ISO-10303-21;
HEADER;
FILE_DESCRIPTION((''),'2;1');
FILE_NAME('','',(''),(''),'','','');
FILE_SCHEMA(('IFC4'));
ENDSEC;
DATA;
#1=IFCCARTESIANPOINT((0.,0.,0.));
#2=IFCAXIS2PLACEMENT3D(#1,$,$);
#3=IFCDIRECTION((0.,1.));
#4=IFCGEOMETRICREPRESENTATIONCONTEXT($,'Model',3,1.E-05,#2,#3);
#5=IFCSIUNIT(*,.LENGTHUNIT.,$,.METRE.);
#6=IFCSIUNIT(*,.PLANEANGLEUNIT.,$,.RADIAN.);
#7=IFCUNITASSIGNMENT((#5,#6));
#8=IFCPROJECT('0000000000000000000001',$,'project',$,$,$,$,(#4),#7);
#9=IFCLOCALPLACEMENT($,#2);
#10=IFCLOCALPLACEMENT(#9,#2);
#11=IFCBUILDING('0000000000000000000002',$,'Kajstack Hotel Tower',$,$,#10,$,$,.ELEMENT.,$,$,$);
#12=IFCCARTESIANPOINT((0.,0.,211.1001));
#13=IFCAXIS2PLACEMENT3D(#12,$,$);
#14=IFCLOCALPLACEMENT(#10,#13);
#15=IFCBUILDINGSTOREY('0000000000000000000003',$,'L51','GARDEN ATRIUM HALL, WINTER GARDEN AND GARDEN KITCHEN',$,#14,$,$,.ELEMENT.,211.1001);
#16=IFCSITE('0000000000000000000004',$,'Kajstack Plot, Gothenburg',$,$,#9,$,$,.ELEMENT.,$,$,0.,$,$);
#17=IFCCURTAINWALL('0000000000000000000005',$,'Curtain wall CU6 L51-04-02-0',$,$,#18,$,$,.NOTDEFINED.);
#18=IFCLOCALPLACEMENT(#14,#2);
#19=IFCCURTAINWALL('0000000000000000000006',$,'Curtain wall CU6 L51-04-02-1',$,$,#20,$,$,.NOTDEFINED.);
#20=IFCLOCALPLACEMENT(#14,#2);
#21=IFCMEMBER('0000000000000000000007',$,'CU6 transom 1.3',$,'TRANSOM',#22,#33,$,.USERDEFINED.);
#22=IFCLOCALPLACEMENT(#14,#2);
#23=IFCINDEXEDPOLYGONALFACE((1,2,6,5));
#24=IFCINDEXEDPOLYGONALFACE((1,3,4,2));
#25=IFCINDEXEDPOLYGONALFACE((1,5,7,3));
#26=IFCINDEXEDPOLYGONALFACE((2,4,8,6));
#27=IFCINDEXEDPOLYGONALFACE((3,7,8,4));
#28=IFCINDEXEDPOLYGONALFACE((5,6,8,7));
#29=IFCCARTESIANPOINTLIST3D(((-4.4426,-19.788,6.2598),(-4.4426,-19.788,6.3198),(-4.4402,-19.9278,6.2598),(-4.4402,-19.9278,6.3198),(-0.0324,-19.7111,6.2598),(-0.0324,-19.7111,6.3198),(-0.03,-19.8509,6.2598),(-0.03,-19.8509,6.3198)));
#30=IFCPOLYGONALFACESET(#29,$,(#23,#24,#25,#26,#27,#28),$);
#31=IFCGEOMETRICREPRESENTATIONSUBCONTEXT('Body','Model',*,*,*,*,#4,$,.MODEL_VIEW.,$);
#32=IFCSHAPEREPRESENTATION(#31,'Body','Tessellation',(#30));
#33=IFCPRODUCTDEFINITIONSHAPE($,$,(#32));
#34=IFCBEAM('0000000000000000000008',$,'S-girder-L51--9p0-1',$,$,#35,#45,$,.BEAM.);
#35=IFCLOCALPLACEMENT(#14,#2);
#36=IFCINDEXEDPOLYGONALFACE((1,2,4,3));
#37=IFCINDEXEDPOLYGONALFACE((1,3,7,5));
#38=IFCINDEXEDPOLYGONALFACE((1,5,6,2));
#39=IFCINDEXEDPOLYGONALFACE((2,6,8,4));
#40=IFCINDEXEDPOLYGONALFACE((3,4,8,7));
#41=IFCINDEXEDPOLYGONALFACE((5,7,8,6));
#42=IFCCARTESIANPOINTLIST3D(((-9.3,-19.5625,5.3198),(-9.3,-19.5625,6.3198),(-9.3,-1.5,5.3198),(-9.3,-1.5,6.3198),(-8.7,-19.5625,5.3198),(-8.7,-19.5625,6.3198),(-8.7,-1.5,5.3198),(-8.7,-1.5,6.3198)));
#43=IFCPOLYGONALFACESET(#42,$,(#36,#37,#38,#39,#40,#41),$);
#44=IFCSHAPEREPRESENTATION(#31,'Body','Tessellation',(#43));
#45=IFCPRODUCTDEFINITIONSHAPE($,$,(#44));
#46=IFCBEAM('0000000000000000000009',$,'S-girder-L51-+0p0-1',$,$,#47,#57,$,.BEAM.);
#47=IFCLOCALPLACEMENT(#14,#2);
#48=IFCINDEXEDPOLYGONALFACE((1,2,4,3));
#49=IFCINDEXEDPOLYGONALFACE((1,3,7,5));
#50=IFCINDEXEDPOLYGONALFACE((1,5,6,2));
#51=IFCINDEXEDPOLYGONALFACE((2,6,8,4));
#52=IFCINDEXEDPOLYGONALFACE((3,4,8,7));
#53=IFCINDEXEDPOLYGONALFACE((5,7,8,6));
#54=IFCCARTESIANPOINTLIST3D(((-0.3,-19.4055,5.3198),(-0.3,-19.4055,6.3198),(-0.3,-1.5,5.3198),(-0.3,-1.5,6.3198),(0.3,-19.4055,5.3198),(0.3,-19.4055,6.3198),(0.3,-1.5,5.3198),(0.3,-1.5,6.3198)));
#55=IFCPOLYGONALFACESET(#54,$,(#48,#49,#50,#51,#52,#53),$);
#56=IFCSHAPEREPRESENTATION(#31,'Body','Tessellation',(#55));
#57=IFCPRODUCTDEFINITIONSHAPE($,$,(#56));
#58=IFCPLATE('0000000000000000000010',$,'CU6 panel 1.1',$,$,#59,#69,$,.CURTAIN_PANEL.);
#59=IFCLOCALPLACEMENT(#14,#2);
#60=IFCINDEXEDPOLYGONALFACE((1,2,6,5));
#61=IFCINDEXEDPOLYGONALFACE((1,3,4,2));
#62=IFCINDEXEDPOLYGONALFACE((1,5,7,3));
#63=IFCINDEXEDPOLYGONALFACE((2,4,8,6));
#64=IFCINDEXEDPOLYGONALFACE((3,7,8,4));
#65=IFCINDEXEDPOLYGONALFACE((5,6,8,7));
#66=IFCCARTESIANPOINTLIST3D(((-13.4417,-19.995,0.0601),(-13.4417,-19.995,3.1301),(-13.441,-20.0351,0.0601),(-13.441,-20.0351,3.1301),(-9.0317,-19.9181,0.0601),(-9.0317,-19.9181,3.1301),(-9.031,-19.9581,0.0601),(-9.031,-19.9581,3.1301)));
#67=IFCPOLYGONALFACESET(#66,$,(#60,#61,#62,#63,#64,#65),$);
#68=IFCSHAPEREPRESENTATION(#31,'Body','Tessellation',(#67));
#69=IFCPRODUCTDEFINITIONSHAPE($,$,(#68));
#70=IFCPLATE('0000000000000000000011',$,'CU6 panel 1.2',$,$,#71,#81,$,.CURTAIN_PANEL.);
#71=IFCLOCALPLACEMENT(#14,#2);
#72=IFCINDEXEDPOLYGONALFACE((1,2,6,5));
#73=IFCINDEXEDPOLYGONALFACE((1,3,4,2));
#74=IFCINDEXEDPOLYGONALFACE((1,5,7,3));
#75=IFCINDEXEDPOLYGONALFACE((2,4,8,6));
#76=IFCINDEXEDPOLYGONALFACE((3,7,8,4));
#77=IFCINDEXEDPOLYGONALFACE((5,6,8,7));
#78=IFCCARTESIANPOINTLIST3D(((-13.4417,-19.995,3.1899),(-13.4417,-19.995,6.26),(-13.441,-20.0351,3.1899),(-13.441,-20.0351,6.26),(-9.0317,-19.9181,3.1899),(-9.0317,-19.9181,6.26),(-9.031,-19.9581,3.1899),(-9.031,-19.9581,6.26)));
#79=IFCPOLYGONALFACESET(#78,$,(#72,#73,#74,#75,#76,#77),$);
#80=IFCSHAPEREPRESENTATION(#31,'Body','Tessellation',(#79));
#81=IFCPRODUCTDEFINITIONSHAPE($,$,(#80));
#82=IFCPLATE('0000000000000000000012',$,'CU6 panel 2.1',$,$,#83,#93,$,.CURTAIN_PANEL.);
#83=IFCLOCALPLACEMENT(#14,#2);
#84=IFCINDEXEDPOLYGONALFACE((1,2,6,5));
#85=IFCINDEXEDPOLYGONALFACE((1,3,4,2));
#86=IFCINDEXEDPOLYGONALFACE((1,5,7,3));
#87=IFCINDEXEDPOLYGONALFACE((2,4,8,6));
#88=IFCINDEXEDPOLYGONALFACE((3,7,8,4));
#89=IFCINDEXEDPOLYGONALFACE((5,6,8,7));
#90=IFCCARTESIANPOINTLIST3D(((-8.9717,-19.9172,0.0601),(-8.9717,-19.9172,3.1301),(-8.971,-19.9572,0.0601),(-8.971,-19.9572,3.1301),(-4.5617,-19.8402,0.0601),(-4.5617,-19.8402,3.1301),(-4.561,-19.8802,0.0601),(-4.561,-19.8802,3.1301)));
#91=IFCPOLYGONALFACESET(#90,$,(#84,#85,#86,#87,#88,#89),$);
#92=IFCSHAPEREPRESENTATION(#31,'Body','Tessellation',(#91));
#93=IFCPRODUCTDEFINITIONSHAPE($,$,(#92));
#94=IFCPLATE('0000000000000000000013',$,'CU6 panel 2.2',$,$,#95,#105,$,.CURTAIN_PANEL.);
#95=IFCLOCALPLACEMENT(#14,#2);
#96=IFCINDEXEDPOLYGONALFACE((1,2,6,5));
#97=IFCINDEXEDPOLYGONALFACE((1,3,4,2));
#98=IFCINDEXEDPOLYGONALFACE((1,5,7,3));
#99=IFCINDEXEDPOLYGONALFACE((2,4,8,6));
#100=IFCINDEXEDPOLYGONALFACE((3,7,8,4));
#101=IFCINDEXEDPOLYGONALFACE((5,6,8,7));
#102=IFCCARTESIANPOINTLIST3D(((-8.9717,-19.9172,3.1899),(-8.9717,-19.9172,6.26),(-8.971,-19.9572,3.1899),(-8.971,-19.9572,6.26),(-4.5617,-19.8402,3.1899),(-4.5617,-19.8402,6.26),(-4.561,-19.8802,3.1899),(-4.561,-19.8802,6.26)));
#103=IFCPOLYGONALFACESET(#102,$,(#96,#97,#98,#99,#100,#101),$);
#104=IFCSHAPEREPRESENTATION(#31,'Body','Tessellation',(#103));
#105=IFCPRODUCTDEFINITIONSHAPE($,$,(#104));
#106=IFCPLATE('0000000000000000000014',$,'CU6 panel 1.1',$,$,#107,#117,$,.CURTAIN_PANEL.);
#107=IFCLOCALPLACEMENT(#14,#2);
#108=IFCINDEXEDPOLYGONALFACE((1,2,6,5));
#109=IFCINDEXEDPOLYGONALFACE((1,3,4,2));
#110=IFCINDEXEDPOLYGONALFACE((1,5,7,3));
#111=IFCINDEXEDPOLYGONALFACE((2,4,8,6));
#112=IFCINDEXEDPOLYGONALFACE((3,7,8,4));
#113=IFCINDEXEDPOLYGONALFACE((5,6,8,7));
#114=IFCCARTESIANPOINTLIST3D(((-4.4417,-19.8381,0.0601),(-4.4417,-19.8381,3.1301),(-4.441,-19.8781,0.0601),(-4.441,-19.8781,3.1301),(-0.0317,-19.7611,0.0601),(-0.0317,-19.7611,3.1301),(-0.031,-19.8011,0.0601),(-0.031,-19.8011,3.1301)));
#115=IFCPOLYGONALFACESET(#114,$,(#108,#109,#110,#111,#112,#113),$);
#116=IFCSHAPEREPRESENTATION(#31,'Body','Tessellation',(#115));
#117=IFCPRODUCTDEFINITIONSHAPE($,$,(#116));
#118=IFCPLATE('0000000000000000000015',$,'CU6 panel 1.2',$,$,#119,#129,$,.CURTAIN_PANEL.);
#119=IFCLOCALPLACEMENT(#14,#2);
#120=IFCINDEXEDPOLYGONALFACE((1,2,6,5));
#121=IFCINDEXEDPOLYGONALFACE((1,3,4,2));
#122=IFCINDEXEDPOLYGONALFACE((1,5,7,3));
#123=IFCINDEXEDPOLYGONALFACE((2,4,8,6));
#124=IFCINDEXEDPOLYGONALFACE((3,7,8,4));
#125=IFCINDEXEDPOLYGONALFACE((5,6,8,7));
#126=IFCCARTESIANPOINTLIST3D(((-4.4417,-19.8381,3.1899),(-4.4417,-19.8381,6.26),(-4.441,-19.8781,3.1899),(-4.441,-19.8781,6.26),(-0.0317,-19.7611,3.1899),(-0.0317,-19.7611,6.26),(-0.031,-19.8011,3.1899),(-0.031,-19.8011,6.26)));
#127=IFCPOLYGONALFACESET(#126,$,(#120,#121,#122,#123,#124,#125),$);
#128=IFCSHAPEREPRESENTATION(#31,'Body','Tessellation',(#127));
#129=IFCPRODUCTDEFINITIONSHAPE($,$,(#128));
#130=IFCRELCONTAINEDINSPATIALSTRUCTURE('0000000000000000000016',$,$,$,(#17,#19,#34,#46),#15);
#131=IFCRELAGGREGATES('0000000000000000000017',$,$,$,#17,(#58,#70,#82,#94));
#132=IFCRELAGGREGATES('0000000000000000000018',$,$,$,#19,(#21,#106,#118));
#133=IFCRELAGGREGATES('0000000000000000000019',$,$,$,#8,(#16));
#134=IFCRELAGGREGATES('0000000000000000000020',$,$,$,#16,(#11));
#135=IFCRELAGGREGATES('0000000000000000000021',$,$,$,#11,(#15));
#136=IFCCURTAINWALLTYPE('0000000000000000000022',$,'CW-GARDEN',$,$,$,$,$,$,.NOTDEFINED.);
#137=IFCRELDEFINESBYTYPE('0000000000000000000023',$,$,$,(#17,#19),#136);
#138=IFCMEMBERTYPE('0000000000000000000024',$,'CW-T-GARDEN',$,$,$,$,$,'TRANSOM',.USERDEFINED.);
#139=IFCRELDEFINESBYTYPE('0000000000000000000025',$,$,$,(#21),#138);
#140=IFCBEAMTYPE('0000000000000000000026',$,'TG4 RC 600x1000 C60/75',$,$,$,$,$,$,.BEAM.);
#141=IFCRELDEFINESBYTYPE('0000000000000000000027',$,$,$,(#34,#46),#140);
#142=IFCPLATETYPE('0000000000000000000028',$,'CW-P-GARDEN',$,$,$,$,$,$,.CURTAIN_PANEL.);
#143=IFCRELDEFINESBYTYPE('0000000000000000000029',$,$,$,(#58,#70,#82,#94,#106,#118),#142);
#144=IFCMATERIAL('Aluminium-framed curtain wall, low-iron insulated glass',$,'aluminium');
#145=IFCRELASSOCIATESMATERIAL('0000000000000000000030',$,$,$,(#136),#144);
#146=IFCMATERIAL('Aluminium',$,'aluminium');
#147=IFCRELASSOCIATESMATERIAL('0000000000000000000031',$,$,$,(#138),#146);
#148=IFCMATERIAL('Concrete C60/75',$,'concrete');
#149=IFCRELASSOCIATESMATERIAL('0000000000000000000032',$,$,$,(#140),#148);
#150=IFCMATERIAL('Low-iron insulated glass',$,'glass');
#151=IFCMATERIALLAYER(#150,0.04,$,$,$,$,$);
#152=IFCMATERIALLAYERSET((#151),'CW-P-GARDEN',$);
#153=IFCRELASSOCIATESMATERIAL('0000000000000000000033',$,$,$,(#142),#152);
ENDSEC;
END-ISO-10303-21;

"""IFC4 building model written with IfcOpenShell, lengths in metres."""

from ifc_helpers import new_model, si_unit, direction, frame, origin, origin_2d, place, context, subcontext, project, spatial, rectangle, extrude, material, layer, layer_set, material_profile, profile_set, type_object, element, aggregate, save


model = new_model("IFC4")

# Units and contexts
model_context = context("Model", 3, precision=1e-05, world=origin(), true_north=direction((0.0, 1.0)))
body_context = subcontext(model_context, "Body", "Model", "MODEL_VIEW")
ifc_project = project(units=[si_unit("LENGTHUNIT", "METRE"), si_unit("PLANEANGLEUNIT", "RADIAN")], contexts=[model_context])

# Site, building, storey
site_placement = place(None, origin())
site = spatial("IfcSite", under=ifc_project, at=site_placement, Name="Kajstack Plot, Gothenburg", CompositionType="ELEMENT", RefElevation=0.0)
building_placement = place(site_placement, origin())
building = spatial("IfcBuilding", under=site, at=building_placement, Name="Kajstack Hotel Tower", CompositionType="ELEMENT")
storey_placement = place(building_placement, frame((0.0, 0.0, 211.1001)))
storey = spatial("IfcBuildingStorey", under=building, at=storey_placement, Name="L51", Description="GARDEN ATRIUM HALL, WINTER GARDEN AND GARDEN KITCHEN", CompositionType="ELEMENT", Elevation=211.1001)

# Curtain walls
ifc_material_1 = material(Name="Aluminium-framed curtain wall, low-iron insulated glass", Category="aluminium")
curtain_wall_type = type_object("IfcCurtainWallType", Name="CW-GARDEN", PredefinedType="NOTDEFINED", material=ifc_material_1)
curtain_wall_1_placement = place(storey_placement, origin())
curtain_wall_1 = element("IfcCurtainWall", 1, at=curtain_wall_1_placement, inside=storey, type_object=curtain_wall_type, Name="Curtain wall CU6 L51-04-02-0", PredefinedType="NOTDEFINED")
ifc_material_2 = material(Name="Aluminium", Category="aluminium")
curtain_wall_2_placement = place(storey_placement, origin())
curtain_wall_2 = element("IfcCurtainWall", 2, at=curtain_wall_2_placement, inside=storey, type_object=curtain_wall_type, Name="Curtain wall CU6 L51-04-02-1", PredefinedType="NOTDEFINED")

# Member
ifc_material_profile_1 = material_profile(ifc_material_2, rectangle(XDim=0.1399, YDim=0.0601, at=origin_2d()), Name="Aluminium transom 140 x 60")
ifc_profile_set_1 = profile_set([ifc_material_profile_1], Name="Aluminium")
member_type_1 = type_object("IfcMemberType", Name="CW-T-GARDEN", ElementType="TRANSOM", PredefinedType="USERDEFINED", material=ifc_profile_set_1)
member_1_placement = place(storey_placement, frame((-4.4414, -19.8579, 6.2898), z_axis=(0.999848, 0.017435, 0.0), x_axis=(-0.017435, 0.999848, 0.0)))
member_1 = element("IfcMember", 3, at=member_1_placement, type_object=member_type_1, Name="CU6 transom 1.3", ObjectType="TRANSOM", PredefinedType="USERDEFINED", context=body_context, shape_type="SweptSolid", body=[
    extrude(rectangle(XDim=0.1399, YDim=0.0601, at=origin_2d()), origin(), (0.0, 0.0, 1.0), 4.4109),
])

# Beams
ifc_material_3 = material(Name="Concrete C60/75", Category="concrete")
ifc_material_profile_2 = material_profile(ifc_material_3, rectangle(XDim=0.6001, YDim=1.0, at=origin_2d()), Name="RC 600x1000")
ifc_profile_set_2 = profile_set([ifc_material_profile_2], Name="Concrete C60/75")
beam_type = type_object("IfcBeamType", Name="TG4 RC 600x1000 C60/75", PredefinedType="BEAM", material=ifc_profile_set_2)
beam_1_placement = place(storey_placement, frame((-9.0, -19.5625, 5.8198), z_axis=(0.0, 1.0, 0.0), x_axis=(-1.0, 0.0, 0.0)))
element("IfcBeam", 4, at=beam_1_placement, inside=storey, type_object=beam_type, Name="S-girder-L51--9p0-1", PredefinedType="BEAM", context=body_context, shape_type="SweptSolid", body=[
    extrude(rectangle(XDim=0.6001, YDim=1.0, at=origin_2d()), origin(), (0.0, 0.0, 1.0), 18.0625),
])
beam_2_placement = place(storey_placement, frame((0.0, -19.4055, 5.8198), z_axis=(0.0, 1.0, 0.0), x_axis=(-1.0, 0.0, 0.0)))
element("IfcBeam", 5, at=beam_2_placement, inside=storey, type_object=beam_type, Name="S-girder-L51-+0p0-1", PredefinedType="BEAM", context=body_context, shape_type="SweptSolid", body=[
    extrude(rectangle(XDim=0.6001, YDim=1.0, at=origin_2d()), origin(), (0.0, 0.0, 1.0), 17.9055),
])

# Plates
ifc_material_4 = material(Name="Low-iron insulated glass", Category="glass")
ifc_layer_1 = layer(ifc_material_4, 0.04)
ifc_layer_set_1 = layer_set([ifc_layer_1], Name="CW-P-GARDEN")
plate_type = type_object("IfcPlateType", Name="CW-P-GARDEN", PredefinedType="CURTAIN_PANEL", material=ifc_layer_set_1)
plate_1_placement = place(storey_placement, frame((-11.2363, -19.9766, 0.0601), z_axis=(0.0, 0.0, 1.0), x_axis=(0.999848, 0.017453, 0.0)))
plate_1 = element("IfcPlate", 6, at=plate_1_placement, type_object=plate_type, Name="CU6 panel 1.1", PredefinedType="CURTAIN_PANEL", context=body_context, shape_type="SweptSolid", body=[
    extrude(rectangle(XDim=4.4106, YDim=0.04, at=origin_2d()), origin(), (0.0, 0.0, 1.0), 3.0701),
])
plate_2_placement = place(storey_placement, frame((-11.2363, -19.9766, 3.1899), z_axis=(0.0, 0.0, 1.0), x_axis=(0.999848, 0.017453, 0.0)))
plate_2 = element("IfcPlate", 7, at=plate_2_placement, type_object=plate_type, Name="CU6 panel 1.2", PredefinedType="CURTAIN_PANEL", context=body_context, shape_type="SweptSolid", body=[
    extrude(rectangle(XDim=4.4106, YDim=0.04, at=origin_2d()), origin(), (0.0, 0.0, 1.0), 3.0701),
])
plate_3_placement = place(storey_placement, frame((-6.7664, -19.8987, 0.0601), z_axis=(0.0, 0.0, 1.0), x_axis=(0.999848, 0.017453, 0.0)))
plate_3 = element("IfcPlate", 8, at=plate_3_placement, type_object=plate_type, Name="CU6 panel 2.1", PredefinedType="CURTAIN_PANEL", context=body_context, shape_type="SweptSolid", body=[
    extrude(rectangle(XDim=4.4106, YDim=0.04, at=origin_2d()), origin(), (0.0, 0.0, 1.0), 3.0701),
])
plate_4_placement = place(storey_placement, frame((-6.7664, -19.8987, 3.1899), z_axis=(0.0, 0.0, 1.0), x_axis=(0.999848, 0.017453, 0.0)))
plate_4 = element("IfcPlate", 9, at=plate_4_placement, type_object=plate_type, Name="CU6 panel 2.2", PredefinedType="CURTAIN_PANEL", context=body_context, shape_type="SweptSolid", body=[
    extrude(rectangle(XDim=4.4106, YDim=0.04, at=origin_2d()), origin(), (0.0, 0.0, 1.0), 3.0701),
])
aggregate(curtain_wall_1, [plate_1, plate_2, plate_3, plate_4])
plate_5_placement = place(storey_placement, frame((-2.2363, -19.8196, 0.0601), z_axis=(0.0, 0.0, 1.0), x_axis=(0.999848, 0.017453, 0.0)))
plate_5 = element("IfcPlate", 10, at=plate_5_placement, type_object=plate_type, Name="CU6 panel 1.1", PredefinedType="CURTAIN_PANEL", context=body_context, shape_type="SweptSolid", body=[
    extrude(rectangle(XDim=4.4106, YDim=0.04, at=origin_2d()), origin(), (0.0, 0.0, 1.0), 3.0701),
])
plate_6_placement = place(storey_placement, frame((-2.2363, -19.8196, 3.1899), z_axis=(0.0, 0.0, 1.0), x_axis=(0.999848, 0.017453, 0.0)))
plate_6 = element("IfcPlate", 11, at=plate_6_placement, type_object=plate_type, Name="CU6 panel 1.2", PredefinedType="CURTAIN_PANEL", context=body_context, shape_type="SweptSolid", body=[
    extrude(rectangle(XDim=4.4106, YDim=0.04, at=origin_2d()), origin(), (0.0, 0.0, 1.0), 3.0701),
])
aggregate(curtain_wall_2, [member_1, plate_5, plate_6])

save(model, "model.ifc")
